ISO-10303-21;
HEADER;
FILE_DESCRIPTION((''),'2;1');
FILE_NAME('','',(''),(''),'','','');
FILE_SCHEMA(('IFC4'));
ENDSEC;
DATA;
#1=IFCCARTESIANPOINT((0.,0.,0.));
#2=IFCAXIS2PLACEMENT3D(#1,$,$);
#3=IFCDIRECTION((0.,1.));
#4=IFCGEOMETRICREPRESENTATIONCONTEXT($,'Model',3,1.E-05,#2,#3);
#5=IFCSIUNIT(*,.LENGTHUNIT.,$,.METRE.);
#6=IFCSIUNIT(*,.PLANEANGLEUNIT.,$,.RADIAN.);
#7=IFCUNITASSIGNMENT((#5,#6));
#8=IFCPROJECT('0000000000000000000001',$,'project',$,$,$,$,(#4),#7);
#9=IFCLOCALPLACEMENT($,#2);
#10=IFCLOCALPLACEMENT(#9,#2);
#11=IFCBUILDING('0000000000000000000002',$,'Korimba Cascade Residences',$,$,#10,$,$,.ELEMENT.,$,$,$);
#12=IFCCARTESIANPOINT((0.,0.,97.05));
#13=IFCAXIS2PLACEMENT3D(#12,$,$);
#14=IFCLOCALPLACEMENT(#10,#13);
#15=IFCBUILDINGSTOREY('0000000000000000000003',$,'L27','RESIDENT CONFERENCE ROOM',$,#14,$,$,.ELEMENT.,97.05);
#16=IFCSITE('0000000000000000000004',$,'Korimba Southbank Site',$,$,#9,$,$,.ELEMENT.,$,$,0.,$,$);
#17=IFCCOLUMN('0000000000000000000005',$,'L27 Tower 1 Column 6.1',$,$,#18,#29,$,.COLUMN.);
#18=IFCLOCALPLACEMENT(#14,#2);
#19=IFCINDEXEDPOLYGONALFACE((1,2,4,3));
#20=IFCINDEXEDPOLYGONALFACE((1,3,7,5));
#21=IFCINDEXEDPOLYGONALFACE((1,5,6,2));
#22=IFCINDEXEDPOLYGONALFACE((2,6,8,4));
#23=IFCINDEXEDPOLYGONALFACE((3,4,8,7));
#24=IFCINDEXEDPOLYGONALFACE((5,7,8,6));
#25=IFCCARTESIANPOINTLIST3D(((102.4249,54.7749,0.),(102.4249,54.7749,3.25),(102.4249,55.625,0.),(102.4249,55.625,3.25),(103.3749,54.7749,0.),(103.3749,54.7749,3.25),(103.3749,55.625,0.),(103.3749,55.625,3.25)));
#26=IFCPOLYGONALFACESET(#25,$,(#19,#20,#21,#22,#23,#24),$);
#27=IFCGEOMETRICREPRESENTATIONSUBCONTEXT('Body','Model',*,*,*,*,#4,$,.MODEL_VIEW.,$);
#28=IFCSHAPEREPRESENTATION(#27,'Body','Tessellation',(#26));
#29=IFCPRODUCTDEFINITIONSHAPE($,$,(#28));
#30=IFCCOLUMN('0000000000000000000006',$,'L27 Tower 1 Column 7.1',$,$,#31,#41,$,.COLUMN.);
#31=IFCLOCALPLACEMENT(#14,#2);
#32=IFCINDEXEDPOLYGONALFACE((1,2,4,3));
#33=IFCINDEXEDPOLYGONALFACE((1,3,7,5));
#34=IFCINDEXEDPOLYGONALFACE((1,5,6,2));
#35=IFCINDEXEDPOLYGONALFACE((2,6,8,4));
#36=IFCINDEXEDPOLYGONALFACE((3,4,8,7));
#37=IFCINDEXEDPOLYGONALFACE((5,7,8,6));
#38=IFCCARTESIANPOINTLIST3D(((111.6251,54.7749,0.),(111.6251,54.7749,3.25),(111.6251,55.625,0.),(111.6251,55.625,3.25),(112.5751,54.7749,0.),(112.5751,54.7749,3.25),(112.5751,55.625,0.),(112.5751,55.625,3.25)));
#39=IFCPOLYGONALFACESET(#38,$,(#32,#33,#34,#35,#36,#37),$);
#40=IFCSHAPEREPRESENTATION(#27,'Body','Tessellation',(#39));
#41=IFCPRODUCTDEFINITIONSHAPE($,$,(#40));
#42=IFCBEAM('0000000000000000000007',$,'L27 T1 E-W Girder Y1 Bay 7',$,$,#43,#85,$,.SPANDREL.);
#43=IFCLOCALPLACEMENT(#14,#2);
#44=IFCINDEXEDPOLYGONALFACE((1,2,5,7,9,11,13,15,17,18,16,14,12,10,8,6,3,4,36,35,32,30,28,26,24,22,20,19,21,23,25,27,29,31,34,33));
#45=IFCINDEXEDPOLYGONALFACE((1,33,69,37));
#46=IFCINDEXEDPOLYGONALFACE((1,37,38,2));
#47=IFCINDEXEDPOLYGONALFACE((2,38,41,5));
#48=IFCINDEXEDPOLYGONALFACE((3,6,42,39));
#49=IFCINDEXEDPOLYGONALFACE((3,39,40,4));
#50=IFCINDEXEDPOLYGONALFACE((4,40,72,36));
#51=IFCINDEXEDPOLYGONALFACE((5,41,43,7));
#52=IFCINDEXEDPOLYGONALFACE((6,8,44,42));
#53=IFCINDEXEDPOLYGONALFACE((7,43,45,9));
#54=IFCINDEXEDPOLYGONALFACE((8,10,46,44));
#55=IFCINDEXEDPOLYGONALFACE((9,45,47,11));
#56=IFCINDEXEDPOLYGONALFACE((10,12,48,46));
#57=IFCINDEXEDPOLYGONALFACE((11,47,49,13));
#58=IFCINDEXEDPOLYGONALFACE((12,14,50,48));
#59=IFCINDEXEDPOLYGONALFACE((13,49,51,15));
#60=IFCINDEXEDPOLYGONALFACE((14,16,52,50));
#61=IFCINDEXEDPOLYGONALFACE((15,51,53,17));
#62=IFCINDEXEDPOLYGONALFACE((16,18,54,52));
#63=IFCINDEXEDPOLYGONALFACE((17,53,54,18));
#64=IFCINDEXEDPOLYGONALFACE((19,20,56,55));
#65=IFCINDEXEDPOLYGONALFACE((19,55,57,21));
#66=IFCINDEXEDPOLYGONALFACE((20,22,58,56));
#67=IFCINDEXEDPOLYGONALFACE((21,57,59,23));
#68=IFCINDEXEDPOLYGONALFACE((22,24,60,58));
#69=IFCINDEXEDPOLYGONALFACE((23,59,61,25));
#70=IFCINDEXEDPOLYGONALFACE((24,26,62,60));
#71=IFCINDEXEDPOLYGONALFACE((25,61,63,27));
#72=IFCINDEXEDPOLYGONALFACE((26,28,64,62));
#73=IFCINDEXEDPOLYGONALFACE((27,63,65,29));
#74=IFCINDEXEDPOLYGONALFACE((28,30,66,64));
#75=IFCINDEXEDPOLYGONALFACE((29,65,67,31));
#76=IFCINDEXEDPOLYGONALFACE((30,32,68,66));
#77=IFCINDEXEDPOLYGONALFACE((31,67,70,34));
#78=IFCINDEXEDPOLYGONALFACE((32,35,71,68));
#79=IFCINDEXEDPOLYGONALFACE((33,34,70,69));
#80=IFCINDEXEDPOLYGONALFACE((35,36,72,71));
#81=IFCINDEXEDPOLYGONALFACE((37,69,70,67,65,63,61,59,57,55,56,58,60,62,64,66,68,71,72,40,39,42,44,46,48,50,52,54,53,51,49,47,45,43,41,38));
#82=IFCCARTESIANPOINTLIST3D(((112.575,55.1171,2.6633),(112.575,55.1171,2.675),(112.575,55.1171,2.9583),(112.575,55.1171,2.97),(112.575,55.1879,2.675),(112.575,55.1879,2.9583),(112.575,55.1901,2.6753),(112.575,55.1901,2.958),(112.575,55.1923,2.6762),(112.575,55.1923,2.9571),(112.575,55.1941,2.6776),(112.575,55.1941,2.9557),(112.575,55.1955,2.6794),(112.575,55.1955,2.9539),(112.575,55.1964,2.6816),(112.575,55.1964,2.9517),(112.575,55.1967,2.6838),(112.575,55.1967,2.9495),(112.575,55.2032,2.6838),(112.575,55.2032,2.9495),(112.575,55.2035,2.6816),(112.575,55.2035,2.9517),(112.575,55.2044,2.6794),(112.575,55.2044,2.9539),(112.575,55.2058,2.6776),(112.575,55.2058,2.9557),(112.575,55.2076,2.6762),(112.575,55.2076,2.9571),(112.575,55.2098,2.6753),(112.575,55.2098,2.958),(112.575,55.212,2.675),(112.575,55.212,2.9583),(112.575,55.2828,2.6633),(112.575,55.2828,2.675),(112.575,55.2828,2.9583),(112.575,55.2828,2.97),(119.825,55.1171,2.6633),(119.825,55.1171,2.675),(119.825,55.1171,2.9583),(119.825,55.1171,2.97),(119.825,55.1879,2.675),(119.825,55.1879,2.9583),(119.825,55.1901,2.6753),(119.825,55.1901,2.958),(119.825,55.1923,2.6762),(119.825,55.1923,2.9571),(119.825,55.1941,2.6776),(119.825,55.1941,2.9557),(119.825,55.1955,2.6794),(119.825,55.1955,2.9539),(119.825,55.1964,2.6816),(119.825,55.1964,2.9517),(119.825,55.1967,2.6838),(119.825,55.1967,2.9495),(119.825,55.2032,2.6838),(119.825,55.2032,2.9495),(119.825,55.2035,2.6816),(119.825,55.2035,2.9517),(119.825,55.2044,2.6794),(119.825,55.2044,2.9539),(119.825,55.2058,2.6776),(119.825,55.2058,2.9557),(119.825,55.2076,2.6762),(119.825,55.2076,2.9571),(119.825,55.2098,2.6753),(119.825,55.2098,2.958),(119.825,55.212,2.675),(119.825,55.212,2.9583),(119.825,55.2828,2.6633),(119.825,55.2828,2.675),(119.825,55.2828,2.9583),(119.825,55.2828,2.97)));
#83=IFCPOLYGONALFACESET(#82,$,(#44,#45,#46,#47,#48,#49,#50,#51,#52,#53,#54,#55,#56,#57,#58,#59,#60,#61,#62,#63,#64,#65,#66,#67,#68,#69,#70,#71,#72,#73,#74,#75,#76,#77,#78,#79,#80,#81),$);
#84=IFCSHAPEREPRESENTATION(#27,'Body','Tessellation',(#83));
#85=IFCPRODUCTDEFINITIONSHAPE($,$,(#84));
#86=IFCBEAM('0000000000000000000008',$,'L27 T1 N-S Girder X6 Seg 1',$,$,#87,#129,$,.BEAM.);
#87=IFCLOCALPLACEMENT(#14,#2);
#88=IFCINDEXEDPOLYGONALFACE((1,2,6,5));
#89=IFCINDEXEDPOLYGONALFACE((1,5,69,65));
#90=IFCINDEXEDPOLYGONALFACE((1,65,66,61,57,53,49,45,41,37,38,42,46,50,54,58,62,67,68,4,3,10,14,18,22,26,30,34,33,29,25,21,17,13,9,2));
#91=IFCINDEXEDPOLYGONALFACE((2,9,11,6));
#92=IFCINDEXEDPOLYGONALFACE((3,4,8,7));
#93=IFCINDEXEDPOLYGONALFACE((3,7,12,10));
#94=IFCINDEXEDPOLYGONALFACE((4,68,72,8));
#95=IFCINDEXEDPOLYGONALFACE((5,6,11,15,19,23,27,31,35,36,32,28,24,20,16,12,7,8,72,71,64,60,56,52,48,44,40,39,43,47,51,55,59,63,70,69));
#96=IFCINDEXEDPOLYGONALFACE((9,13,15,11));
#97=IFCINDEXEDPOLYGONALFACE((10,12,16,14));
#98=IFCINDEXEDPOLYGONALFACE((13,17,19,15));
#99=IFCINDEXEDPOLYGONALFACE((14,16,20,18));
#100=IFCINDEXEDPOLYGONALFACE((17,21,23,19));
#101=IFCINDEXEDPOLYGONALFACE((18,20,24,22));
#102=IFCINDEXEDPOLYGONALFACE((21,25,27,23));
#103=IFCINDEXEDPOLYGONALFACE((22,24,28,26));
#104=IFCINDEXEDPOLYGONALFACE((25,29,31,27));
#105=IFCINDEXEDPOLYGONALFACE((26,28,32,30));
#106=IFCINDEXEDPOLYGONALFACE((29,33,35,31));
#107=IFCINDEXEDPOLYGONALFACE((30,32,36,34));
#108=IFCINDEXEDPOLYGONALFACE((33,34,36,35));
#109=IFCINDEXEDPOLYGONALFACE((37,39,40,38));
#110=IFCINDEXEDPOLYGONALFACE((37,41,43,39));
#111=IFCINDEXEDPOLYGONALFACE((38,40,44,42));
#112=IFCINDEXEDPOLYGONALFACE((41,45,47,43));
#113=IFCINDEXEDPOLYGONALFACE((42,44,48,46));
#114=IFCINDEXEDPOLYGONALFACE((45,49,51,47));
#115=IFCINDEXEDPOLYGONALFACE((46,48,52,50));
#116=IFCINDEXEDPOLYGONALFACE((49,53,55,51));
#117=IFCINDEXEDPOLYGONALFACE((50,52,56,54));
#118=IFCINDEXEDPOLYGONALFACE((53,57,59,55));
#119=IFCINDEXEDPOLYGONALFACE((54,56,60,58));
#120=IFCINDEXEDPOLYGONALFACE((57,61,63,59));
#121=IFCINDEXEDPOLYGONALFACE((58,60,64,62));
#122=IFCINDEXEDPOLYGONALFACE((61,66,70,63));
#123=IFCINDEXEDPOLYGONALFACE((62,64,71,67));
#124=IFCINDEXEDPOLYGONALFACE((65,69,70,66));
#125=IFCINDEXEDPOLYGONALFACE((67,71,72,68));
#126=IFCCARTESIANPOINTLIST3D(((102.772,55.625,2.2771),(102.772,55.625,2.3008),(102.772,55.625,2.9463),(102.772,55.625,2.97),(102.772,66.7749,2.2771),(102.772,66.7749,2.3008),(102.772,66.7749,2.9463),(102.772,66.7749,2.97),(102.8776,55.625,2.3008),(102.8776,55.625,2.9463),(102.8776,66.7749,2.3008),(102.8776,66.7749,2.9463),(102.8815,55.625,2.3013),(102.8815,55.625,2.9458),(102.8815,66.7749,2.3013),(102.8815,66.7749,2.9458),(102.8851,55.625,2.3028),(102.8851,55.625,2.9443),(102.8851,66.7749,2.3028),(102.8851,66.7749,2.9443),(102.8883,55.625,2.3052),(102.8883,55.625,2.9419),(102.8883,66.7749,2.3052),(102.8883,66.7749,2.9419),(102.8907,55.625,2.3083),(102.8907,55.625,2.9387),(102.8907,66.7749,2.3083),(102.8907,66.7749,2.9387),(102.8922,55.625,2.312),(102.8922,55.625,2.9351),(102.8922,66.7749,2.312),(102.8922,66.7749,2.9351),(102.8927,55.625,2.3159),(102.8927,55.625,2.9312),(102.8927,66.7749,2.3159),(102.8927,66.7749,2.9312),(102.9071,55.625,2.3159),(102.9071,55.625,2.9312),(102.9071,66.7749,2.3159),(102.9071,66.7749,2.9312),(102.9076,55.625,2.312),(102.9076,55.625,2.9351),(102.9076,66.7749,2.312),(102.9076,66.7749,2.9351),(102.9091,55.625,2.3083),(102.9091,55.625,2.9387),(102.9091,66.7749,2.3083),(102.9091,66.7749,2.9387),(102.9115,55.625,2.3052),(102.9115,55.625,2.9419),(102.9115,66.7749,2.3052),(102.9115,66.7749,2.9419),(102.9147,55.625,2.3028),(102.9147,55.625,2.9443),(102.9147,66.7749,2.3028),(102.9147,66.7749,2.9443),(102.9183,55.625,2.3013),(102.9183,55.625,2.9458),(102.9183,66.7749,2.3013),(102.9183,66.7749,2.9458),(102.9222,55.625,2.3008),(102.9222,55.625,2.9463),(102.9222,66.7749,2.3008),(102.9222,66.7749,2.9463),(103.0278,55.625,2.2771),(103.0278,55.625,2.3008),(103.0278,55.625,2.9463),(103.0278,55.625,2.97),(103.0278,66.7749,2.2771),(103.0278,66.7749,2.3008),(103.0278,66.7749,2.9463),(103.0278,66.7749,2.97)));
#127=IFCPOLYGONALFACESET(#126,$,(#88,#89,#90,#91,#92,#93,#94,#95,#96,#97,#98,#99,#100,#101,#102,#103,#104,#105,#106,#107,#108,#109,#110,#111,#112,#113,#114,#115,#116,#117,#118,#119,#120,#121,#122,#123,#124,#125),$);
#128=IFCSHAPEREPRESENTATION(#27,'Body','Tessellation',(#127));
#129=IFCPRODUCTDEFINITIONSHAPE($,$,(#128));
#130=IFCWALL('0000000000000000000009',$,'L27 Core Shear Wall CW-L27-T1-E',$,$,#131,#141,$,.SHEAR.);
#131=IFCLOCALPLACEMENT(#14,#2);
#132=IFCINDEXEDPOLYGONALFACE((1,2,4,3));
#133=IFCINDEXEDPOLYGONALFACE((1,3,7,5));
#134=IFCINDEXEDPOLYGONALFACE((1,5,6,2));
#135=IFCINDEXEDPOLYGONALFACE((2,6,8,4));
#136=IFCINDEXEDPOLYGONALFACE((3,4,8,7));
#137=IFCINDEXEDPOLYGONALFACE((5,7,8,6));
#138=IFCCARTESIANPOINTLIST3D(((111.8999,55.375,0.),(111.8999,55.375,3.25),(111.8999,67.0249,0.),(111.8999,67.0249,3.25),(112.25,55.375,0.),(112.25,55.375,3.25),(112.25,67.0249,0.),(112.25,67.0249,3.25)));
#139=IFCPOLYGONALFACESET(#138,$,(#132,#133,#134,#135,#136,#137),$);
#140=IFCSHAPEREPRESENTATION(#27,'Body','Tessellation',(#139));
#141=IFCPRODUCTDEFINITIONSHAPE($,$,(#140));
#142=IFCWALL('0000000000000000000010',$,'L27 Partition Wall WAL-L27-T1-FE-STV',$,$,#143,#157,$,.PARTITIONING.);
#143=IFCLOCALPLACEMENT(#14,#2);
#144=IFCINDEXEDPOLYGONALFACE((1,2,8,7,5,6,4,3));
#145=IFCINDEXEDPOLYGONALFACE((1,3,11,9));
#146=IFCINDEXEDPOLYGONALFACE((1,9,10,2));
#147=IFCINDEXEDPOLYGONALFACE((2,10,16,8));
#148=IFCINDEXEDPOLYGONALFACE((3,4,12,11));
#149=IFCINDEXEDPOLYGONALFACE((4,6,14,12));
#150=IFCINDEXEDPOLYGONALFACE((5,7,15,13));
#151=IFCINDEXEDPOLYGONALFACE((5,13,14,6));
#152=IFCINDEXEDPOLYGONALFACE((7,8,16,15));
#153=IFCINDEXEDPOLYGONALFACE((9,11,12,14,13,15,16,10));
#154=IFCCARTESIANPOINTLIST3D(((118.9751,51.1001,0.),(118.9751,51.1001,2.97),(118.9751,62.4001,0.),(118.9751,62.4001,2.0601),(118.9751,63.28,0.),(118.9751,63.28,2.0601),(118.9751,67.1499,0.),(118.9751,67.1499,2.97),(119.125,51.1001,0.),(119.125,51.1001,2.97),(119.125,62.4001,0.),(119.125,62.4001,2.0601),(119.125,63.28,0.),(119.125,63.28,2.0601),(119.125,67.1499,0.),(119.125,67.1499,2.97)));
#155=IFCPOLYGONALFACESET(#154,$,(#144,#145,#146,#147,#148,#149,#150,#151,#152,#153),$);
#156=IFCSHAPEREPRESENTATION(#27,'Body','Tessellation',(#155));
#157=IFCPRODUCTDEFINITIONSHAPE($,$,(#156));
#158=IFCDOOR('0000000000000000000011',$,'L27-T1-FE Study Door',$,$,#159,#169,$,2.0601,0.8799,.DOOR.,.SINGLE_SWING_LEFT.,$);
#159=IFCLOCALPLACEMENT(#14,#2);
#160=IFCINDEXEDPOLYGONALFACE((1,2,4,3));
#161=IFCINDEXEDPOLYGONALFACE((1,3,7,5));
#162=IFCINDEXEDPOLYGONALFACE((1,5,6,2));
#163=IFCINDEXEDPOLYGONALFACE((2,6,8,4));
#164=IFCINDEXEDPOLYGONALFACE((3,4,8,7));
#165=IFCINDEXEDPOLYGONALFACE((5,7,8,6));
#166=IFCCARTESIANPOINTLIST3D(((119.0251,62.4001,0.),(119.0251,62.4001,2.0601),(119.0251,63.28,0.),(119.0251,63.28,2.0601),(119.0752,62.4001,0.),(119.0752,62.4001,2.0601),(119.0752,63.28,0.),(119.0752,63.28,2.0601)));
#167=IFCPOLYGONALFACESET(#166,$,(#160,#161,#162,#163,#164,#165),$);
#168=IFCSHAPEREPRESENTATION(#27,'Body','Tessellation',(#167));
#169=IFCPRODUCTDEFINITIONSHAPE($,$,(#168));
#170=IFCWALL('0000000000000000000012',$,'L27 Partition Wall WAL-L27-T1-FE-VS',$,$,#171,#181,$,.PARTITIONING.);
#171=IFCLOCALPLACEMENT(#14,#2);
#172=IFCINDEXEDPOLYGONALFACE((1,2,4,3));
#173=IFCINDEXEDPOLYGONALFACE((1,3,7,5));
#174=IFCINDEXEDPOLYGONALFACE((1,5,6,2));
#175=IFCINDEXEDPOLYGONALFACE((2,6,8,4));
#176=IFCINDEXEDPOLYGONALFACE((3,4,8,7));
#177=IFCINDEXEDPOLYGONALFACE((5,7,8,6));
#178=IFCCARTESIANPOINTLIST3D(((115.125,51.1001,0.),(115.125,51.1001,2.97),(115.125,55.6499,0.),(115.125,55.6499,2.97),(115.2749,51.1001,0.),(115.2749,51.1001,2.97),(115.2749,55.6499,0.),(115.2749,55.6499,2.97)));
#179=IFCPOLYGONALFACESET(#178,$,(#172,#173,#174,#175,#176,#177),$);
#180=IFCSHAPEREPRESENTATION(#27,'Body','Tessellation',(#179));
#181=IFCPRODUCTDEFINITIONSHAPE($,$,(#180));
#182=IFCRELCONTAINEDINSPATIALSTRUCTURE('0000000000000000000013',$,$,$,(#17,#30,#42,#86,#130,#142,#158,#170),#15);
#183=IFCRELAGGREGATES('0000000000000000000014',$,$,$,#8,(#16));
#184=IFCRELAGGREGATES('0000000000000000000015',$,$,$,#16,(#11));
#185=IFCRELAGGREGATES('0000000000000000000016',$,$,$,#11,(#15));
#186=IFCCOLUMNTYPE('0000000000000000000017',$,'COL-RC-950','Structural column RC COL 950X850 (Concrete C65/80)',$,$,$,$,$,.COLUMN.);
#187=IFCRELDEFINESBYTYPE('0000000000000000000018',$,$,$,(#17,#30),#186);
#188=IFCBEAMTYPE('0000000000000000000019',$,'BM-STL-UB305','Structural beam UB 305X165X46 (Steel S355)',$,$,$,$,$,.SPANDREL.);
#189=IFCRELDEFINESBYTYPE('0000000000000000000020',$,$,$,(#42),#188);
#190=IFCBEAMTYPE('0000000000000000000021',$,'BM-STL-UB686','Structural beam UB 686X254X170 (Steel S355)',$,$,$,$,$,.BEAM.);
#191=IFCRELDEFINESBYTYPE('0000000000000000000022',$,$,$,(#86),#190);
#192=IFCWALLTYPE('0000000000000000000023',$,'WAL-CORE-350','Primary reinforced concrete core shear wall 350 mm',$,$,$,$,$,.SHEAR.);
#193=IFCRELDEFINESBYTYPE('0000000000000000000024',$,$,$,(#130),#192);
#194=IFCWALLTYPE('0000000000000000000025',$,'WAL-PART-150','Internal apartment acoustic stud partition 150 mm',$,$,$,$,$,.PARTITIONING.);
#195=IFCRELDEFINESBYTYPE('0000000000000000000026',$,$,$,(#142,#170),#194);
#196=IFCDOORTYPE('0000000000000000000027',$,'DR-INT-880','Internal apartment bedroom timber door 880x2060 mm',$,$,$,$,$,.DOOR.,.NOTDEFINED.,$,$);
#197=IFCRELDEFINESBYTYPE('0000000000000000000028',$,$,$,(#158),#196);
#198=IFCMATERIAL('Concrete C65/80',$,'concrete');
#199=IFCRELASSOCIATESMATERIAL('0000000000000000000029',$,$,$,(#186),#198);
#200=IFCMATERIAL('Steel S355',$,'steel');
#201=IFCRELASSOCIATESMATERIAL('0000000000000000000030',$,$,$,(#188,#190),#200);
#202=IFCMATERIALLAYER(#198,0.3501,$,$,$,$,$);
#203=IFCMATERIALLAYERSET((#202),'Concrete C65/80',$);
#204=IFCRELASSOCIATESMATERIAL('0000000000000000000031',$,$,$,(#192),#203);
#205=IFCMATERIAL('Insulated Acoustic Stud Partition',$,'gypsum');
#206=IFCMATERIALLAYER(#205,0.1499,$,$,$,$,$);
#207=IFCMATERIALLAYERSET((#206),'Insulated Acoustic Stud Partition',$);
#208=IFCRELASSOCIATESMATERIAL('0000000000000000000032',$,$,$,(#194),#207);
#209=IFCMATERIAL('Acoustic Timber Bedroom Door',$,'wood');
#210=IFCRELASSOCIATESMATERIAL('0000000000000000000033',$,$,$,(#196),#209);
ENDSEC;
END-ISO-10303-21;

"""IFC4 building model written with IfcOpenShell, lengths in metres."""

from ifc_helpers import new_model, si_unit, direction, frame, frame_2d, origin, origin_2d, place, context, subcontext, project, spatial, rectangle, i_section, extrude, material, layer, layer_set, material_profile, profile_set, type_object, element, fill, save


model = new_model("IFC4")

# Units and contexts
model_context = context("Model", 3, precision=1e-05, world=origin(), true_north=direction((0.0, 1.0)))
body_context = subcontext(model_context, "Body", "Model", "MODEL_VIEW")
ifc_project = project(units=[si_unit("LENGTHUNIT", "METRE"), si_unit("PLANEANGLEUNIT", "RADIAN")], contexts=[model_context])

# Site, building, storey
site_placement = place(None, origin())
site = spatial("IfcSite", under=ifc_project, at=site_placement, Name="Korimba Southbank Site", CompositionType="ELEMENT", RefElevation=0.0)
building_placement = place(site_placement, origin())
building = spatial("IfcBuilding", under=site, at=building_placement, Name="Korimba Cascade Residences", CompositionType="ELEMENT")
storey_placement = place(building_placement, frame((0.0, 0.0, 97.05)))
storey = spatial("IfcBuildingStorey", under=building, at=storey_placement, Name="L27", Description="RESIDENT CONFERENCE ROOM", CompositionType="ELEMENT", Elevation=97.05)

# Columns
ifc_material_1 = material(Name="Concrete C65/80", Category="concrete")
ifc_material_profile_1 = material_profile(ifc_material_1, rectangle(XDim=0.95, YDim=0.8501, at=origin_2d()), Name="Concrete C65/80")
ifc_profile_set_1 = profile_set([ifc_material_profile_1], Name="Concrete C65/80")
column_type = type_object("IfcColumnType", Name="COL-RC-950", Description="Structural column RC COL 950X850 (Concrete C65/80)", PredefinedType="COLUMN", material=ifc_profile_set_1)
for number, where, z_axis, x_axis, name in (
    (1, (102.8999, 55.2, 0.0), (0.0, 0.0, 1.0), (1.0, 0.0, 0.0), "L27 Tower 1 Column 6.1"),
    (2, (112.1001, 55.2, 0.0), (0.0, 0.0, 1.0), (1.0, 0.0, 0.0), "L27 Tower 1 Column 7.1"),
):
    element("IfcColumn", number, at=place(storey_placement, frame(where, z_axis=z_axis, x_axis=x_axis)), inside=storey, type_object=column_type, Name=name, PredefinedType="COLUMN", context=body_context, shape_type="SweptSolid", body=[
        extrude(rectangle(XDim=0.95, YDim=0.8501, at=origin_2d()), origin(), (0.0, 0.0, 1.0), 3.25),
    ])

# Beams
ifc_material_2 = material(Name="Steel S355", Category="steel")
ifc_material_profile_2 = material_profile(ifc_material_2, i_section(OverallWidth=0.1658, OverallDepth=0.3066, WebThickness=0.0066, FlangeThickness=0.0117, FilletRadius=0.0088, at=origin_2d()), Name="Steel S355")
ifc_profile_set_2 = profile_set([ifc_material_profile_2], Name="Steel S355")
beam_type_1 = type_object("IfcBeamType", Name="BM-STL-UB305", Description="Structural beam UB 305X165X46 (Steel S355)", PredefinedType="SPANDREL", material=ifc_profile_set_2)
beam_1_placement = place(storey_placement, frame((112.575, 55.2, 2.8167), z_axis=(1.0, 0.0, 0.0), x_axis=(0.0, 1.0, 0.0)))
element("IfcBeam", 3, at=beam_1_placement, inside=storey, type_object=beam_type_1, Name="L27 T1 E-W Girder Y1 Bay 7", PredefinedType="SPANDREL", context=body_context, shape_type="SweptSolid", body=[
    extrude(i_section(OverallWidth=0.1658, OverallDepth=0.3066, WebThickness=0.0066, FlangeThickness=0.0117, FilletRadius=0.0088, at=origin_2d()), origin(), (0.0, 0.0, 1.0), 7.25),
])
ifc_material_profile_3 = material_profile(ifc_material_2, i_section(OverallWidth=0.2559, OverallDepth=0.6929, WebThickness=0.0144, FlangeThickness=0.0237, FilletRadius=0.0151, at=origin_2d()), Name="Steel S355")
ifc_profile_set_3 = profile_set([ifc_material_profile_3], Name="Steel S355")
beam_type_2 = type_object("IfcBeamType", Name="BM-STL-UB686", Description="Structural beam UB 686X254X170 (Steel S355)", PredefinedType="BEAM", material=ifc_profile_set_3)
beam_2_placement = place(storey_placement, frame((102.8999, 55.625, 2.6235), z_axis=(0.0, 1.0, 0.0), x_axis=(-1.0, 0.0, 0.0)))
element("IfcBeam", 4, at=beam_2_placement, inside=storey, type_object=beam_type_2, Name="L27 T1 N-S Girder X6 Seg 1", PredefinedType="BEAM", context=body_context, shape_type="SweptSolid", body=[
    extrude(i_section(OverallWidth=0.2559, OverallDepth=0.6929, WebThickness=0.0144, FlangeThickness=0.0237, FilletRadius=0.0151, at=origin_2d()), origin(), (0.0, 0.0, 1.0), 11.1499),
])

# Wall
ifc_layer_1 = layer(ifc_material_1, 0.3501)
ifc_layer_set_1 = layer_set([ifc_layer_1], Name="Concrete C65/80")
wall_type_1 = type_object("IfcWallType", Name="WAL-CORE-350", Description="Primary reinforced concrete core shear wall 350 mm", PredefinedType="SHEAR", material=ifc_layer_set_1)
wall_1_placement = place(storey_placement, frame((112.075, 55.375, 0.0), z_axis=(0.0, 0.0, 1.0), x_axis=(0.0, 1.0, 0.0)))
element("IfcWall", 5, at=wall_1_placement, inside=storey, type_object=wall_type_1, Name="L27 Core Shear Wall CW-L27-T1-E", PredefinedType="SHEAR", context=body_context, shape_type="SweptSolid", body=[
    extrude(rectangle(XDim=11.6499, YDim=0.3501, at=frame_2d((5.825, 0.0))), origin(), (0.0, 0.0, 1.0), 3.25),
])

# Wall, opening, door
ifc_material_3 = material(Name="Insulated Acoustic Stud Partition", Category="gypsum")
ifc_layer_2 = layer(ifc_material_3, 0.1499)
ifc_layer_set_2 = layer_set([ifc_layer_2], Name="Insulated Acoustic Stud Partition")
wall_type_2 = type_object("IfcWallType", Name="WAL-PART-150", Description="Internal apartment acoustic stud partition 150 mm", PredefinedType="PARTITIONING", material=ifc_layer_set_2)
wall_2_placement = place(storey_placement, frame((119.05, 51.1001, 0.0), z_axis=(0.0, 0.0, 1.0), x_axis=(0.0, 1.0, 0.0)))
wall_2 = element("IfcWall", 6, at=wall_2_placement, inside=storey, type_object=wall_type_2, Name="L27 Partition Wall WAL-L27-T1-FE-STV", PredefinedType="PARTITIONING", context=body_context, shape_type="SweptSolid", body=[
    extrude(rectangle(XDim=16.0498, YDim=0.1499, at=frame_2d((8.0249, 0.0))), origin(), (0.0, 0.0, 1.0), 2.97),
])
opening_1_placement = place(wall_2_placement, frame((11.3, 0.0, 0.0)))
opening_1 = element("IfcOpeningElement", 7, at=opening_1_placement, cuts=wall_2, PredefinedType="OPENING", context=body_context, shape_type="SweptSolid", body=[
    extrude(rectangle(XDim=0.8799, YDim=2.0601, at=frame_2d((0.4399, 1.03))), frame((0.0, 0.085, 0.0), z_axis=(0.0, -1.0, 0.0), x_axis=(1.0, 0.0, 0.0)), (0.0, 0.0, 1.0), 0.1699),
])
ifc_material_4 = material(Name="Acoustic Timber Bedroom Door", Category="wood")
door_type_1 = type_object("IfcDoorType", Name="DR-INT-880", Description="Internal apartment bedroom timber door 880x2060 mm", OperationType="NOTDEFINED", PredefinedType="DOOR", material=ifc_material_4)
door_1_placement = place(opening_1_placement, origin())
door_1 = element("IfcDoor", 8, at=door_1_placement, inside=storey, type_object=door_type_1, Name="L27-T1-FE Study Door", OperationType="SINGLE_SWING_LEFT", OverallHeight=2.0601, OverallWidth=0.8799, PredefinedType="DOOR", context=body_context, shape_type="SweptSolid", body=[
    extrude(rectangle(XDim=0.8799, YDim=2.0601, at=frame_2d((0.4399, 1.03))), frame((0.0, 0.0249, 0.0), z_axis=(0.0, -1.0, 0.0), x_axis=(1.0, 0.0, 0.0)), (0.0, 0.0, 1.0), 0.05),
])
fill(opening_1, door_1)

# Wall
wall_3_placement = place(storey_placement, frame((115.2, 51.1001, 0.0), z_axis=(0.0, 0.0, 1.0), x_axis=(0.0, 1.0, 0.0)))
element("IfcWall", 9, at=wall_3_placement, inside=storey, type_object=wall_type_2, Name="L27 Partition Wall WAL-L27-T1-FE-VS", PredefinedType="PARTITIONING", context=body_context, shape_type="SweptSolid", body=[
    extrude(rectangle(XDim=4.5498, YDim=0.1499, at=frame_2d((2.2749, 0.0))), origin(), (0.0, 0.0, 1.0), 2.97),
])

save(model, "model.ifc")
